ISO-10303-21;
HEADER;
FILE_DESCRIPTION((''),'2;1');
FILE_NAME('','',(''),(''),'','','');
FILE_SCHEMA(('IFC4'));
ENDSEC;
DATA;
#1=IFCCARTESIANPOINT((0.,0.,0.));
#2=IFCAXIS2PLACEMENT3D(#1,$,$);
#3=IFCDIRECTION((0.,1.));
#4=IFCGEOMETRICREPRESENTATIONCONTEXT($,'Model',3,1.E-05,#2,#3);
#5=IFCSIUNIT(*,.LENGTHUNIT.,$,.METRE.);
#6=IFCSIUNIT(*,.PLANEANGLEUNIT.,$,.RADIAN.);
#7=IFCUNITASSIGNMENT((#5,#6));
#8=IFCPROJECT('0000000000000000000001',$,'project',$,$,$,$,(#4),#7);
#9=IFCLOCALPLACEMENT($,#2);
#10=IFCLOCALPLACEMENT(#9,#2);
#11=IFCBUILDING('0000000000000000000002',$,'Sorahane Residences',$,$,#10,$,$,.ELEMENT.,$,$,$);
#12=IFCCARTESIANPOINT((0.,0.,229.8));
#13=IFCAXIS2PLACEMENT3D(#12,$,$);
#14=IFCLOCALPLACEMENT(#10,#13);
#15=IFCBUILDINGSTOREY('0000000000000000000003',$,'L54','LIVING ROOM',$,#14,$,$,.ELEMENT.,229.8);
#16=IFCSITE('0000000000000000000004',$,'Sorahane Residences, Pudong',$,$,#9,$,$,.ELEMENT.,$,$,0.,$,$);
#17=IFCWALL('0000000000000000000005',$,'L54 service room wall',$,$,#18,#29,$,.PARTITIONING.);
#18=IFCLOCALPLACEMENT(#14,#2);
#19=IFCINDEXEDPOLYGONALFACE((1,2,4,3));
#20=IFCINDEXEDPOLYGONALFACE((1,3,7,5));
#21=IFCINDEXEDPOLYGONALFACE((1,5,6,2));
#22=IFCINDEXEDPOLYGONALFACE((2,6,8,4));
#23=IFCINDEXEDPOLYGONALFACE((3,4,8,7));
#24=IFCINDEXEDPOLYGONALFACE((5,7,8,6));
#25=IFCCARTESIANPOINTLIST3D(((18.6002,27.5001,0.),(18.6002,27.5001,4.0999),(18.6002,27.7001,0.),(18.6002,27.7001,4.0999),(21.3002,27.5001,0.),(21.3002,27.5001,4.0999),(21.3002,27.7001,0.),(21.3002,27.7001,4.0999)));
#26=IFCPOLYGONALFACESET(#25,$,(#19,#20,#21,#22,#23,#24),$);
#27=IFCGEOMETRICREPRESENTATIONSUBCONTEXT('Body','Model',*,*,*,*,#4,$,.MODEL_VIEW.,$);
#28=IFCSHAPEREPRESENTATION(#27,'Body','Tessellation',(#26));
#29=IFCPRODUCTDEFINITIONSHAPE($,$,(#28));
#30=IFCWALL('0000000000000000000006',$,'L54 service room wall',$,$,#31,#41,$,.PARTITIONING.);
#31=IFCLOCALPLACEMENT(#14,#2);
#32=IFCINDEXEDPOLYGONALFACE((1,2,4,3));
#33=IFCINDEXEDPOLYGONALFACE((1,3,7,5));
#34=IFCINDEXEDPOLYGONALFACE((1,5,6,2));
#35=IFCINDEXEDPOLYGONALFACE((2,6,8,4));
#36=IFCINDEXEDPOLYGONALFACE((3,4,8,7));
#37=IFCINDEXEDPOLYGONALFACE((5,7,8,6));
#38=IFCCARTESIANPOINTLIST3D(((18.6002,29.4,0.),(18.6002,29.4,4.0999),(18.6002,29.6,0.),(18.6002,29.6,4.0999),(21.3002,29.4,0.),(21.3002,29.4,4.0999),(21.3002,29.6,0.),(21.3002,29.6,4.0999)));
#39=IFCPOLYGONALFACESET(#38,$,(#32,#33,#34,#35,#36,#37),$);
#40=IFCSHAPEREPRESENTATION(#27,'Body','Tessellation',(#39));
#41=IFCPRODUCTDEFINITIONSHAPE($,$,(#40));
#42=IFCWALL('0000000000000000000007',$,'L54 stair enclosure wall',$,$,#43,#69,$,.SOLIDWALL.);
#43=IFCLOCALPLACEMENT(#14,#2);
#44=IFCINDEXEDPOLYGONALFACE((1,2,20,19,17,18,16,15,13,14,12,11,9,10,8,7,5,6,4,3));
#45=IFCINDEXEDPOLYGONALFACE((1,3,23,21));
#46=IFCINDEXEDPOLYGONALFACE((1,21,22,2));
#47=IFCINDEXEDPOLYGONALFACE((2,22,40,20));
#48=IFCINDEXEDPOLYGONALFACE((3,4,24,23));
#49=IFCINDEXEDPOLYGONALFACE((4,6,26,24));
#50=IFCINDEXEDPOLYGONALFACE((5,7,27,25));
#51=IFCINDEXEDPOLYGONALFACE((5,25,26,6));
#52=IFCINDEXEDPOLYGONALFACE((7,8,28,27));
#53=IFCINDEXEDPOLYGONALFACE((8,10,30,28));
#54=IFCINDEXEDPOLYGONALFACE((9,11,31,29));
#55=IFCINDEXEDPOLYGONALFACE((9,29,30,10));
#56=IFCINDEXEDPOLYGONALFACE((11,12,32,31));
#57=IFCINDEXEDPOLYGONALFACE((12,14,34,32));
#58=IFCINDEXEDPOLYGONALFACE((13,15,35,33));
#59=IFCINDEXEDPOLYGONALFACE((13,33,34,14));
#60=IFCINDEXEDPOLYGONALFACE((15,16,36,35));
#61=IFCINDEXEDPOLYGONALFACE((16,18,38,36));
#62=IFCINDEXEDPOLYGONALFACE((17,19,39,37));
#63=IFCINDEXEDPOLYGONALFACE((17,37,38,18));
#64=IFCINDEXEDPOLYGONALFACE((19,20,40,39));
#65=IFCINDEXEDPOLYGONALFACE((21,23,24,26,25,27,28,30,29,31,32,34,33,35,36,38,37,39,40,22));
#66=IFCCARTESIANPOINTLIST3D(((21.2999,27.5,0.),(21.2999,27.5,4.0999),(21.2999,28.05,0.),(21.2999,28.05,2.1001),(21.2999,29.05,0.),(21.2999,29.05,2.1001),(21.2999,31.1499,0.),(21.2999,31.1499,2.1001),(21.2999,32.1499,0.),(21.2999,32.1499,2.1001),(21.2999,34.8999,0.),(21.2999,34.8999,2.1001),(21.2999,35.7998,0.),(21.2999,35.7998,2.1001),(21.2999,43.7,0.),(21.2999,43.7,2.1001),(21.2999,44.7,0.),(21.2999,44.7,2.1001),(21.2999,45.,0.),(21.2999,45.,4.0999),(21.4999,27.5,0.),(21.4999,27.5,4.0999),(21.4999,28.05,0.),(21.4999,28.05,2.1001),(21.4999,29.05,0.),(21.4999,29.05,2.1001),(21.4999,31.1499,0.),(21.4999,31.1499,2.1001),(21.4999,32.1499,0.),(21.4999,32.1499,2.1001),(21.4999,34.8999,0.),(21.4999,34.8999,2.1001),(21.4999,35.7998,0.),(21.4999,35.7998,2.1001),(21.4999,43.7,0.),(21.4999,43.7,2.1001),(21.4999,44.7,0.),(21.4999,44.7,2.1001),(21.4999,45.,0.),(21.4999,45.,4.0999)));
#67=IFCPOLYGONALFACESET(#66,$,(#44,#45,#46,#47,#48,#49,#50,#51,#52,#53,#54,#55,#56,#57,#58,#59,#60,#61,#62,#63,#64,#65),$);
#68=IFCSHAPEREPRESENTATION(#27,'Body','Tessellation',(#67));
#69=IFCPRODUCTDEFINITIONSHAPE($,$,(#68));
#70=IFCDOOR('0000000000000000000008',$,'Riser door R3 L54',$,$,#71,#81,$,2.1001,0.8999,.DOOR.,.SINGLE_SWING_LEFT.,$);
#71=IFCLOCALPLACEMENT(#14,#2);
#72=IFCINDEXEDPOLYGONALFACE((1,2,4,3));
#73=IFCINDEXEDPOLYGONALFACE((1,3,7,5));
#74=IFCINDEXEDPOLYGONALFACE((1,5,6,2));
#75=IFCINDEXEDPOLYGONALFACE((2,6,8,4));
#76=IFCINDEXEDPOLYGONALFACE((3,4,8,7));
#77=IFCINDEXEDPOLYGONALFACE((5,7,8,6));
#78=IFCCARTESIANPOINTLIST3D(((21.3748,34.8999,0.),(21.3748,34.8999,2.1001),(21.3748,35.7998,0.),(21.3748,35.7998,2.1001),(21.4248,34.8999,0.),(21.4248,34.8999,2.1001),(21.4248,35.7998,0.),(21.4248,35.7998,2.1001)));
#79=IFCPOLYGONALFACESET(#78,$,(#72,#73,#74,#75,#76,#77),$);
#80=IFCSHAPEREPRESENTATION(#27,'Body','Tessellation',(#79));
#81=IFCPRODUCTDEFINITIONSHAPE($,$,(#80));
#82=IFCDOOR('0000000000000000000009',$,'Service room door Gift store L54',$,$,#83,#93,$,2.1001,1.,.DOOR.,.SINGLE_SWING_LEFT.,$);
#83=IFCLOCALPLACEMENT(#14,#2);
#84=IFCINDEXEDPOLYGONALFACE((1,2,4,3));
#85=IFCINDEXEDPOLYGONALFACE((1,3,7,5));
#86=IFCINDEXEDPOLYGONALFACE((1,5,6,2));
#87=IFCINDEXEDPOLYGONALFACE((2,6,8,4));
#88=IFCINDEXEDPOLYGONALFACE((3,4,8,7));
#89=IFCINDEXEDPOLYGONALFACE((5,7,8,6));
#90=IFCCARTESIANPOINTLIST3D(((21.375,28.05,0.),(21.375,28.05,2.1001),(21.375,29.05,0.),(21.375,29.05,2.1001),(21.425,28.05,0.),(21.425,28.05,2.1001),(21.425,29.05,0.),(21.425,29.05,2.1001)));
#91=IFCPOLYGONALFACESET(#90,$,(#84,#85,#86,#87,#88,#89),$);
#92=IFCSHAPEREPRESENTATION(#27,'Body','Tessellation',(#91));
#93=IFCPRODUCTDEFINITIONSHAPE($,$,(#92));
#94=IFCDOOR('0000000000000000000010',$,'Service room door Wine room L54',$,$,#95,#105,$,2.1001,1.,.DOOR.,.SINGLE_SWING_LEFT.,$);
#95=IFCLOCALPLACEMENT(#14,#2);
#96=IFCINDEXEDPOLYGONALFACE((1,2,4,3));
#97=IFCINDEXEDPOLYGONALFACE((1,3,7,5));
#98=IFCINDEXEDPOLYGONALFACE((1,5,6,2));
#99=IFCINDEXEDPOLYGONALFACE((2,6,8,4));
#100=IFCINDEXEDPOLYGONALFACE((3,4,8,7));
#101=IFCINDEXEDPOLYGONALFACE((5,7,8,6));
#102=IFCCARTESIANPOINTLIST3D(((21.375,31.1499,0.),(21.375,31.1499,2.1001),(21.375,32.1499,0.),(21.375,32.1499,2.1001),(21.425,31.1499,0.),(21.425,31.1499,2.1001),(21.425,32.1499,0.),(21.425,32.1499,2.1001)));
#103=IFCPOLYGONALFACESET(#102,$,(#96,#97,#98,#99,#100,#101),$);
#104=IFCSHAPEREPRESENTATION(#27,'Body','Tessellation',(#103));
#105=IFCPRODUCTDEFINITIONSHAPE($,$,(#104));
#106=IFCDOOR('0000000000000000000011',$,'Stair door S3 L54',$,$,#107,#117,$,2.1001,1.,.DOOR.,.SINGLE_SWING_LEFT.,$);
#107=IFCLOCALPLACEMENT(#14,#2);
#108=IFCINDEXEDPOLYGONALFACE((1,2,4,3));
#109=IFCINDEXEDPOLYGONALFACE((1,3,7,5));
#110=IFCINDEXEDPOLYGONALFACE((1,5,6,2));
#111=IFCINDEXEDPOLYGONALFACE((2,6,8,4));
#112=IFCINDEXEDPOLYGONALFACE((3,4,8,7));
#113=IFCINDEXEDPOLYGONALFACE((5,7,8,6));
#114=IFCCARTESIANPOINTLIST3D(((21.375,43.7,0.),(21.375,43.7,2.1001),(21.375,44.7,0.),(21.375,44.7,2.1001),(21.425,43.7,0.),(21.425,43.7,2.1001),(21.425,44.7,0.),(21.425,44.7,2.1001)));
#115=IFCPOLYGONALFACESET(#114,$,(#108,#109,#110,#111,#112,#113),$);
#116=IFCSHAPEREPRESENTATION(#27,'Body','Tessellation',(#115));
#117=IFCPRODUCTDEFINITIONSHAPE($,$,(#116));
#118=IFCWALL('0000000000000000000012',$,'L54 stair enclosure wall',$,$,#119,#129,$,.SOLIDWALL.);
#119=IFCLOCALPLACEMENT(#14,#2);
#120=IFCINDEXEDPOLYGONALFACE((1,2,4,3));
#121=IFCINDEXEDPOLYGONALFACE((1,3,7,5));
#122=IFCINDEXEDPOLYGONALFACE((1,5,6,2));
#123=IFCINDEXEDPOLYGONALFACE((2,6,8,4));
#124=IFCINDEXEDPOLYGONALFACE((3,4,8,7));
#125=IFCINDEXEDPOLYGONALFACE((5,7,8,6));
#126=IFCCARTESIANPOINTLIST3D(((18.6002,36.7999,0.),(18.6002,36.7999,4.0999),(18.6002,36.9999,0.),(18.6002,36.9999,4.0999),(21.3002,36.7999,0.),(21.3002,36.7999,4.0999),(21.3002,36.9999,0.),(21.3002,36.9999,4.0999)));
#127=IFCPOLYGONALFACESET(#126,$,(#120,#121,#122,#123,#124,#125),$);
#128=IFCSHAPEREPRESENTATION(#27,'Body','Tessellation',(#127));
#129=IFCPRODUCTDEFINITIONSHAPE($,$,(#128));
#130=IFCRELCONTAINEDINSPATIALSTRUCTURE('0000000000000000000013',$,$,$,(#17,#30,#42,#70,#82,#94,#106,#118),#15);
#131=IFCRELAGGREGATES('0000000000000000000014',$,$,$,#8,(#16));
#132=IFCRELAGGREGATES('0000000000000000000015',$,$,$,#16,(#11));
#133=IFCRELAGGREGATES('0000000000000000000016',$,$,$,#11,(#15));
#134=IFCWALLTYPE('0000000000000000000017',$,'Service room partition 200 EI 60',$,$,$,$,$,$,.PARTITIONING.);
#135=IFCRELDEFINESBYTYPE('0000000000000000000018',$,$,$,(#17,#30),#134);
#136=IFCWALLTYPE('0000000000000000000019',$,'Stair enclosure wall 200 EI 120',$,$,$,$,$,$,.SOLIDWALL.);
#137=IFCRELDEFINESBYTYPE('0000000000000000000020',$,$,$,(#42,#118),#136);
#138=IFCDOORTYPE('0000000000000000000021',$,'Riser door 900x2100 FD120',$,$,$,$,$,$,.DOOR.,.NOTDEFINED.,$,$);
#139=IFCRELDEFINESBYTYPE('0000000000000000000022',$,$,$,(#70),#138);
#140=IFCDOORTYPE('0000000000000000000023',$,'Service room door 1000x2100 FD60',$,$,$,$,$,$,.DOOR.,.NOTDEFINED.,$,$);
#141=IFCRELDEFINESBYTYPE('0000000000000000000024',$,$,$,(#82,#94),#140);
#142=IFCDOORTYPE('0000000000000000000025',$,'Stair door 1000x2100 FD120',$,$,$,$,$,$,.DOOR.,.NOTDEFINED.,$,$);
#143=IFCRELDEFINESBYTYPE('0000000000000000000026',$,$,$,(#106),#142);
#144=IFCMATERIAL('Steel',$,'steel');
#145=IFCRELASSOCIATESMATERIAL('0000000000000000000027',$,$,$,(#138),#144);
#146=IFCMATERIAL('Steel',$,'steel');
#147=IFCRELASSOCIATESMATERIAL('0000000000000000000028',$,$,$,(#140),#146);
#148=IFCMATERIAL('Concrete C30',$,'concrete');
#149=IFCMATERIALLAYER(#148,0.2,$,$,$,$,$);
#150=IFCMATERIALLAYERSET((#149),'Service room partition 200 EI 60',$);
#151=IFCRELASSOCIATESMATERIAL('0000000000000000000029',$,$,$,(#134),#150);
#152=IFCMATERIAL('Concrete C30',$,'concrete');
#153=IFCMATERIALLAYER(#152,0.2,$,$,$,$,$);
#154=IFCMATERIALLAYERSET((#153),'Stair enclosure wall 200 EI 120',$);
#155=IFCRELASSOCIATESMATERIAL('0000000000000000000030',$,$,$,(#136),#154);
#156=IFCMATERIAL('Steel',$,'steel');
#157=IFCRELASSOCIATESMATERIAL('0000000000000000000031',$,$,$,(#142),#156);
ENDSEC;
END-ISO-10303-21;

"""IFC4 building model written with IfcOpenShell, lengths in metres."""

from ifc_helpers import new_model, si_unit, direction, frame, frame_2d, origin, place, context, subcontext, project, spatial, rectangle, extrude, material, layer, layer_set, type_object, element, fill, save


model = new_model("IFC4")

# Units and contexts
model_context = context("Model", 3, precision=1e-05, world=origin(), true_north=direction((0.0, 1.0)))
body_context = subcontext(model_context, "Body", "Model", "MODEL_VIEW")
ifc_project = project(units=[si_unit("LENGTHUNIT", "METRE"), si_unit("PLANEANGLEUNIT", "RADIAN")], contexts=[model_context])

# Site, building, storey
site_placement = place(None, origin())
site = spatial("IfcSite", under=ifc_project, at=site_placement, Name="Sorahane Residences, Pudong", CompositionType="ELEMENT", RefElevation=0.0)
building_placement = place(site_placement, origin())
building = spatial("IfcBuilding", under=site, at=building_placement, Name="Sorahane Residences", CompositionType="ELEMENT")
storey_placement = place(building_placement, frame((0.0, 0.0, 229.8)))
storey = spatial("IfcBuildingStorey", under=building, at=storey_placement, Name="L54", Description="LIVING ROOM", CompositionType="ELEMENT", Elevation=229.8)

# Shared definitions
ifc_material_1 = material(Name="Steel", Category="steel")
door_type_1 = type_object("IfcDoorType", Name="Riser door 900x2100 FD120", OperationType="NOTDEFINED", PredefinedType="DOOR", material=ifc_material_1)
ifc_material_2 = material(Name="Steel", Category="steel")
door_type_2 = type_object("IfcDoorType", Name="Service room door 1000x2100 FD60", OperationType="NOTDEFINED", PredefinedType="DOOR", material=ifc_material_2)

# Walls
ifc_material_3 = material(Name="Concrete C30", Category="concrete")
ifc_layer_1 = layer(ifc_material_3, 0.2)
ifc_layer_set_1 = layer_set([ifc_layer_1], Name="Service room partition 200 EI 60")
wall_type_1 = type_object("IfcWallType", Name="Service room partition 200 EI 60", PredefinedType="PARTITIONING", material=ifc_layer_set_1)
for number, where, z_axis, x_axis, name in (
    (1, (18.6001, 27.6001, 0.0), (0.0, 0.0, 1.0), (1.0, 0.0, 0.0), "L54 service room wall"),
    (2, (18.6001, 29.5, 0.0), (0.0, 0.0, 1.0), (1.0, 0.0, 0.0), "L54 service room wall"),
):
    element("IfcWall", number, at=place(storey_placement, frame(where, z_axis=z_axis, x_axis=x_axis)), inside=storey, type_object=wall_type_1, Name=name, PredefinedType="PARTITIONING", context=body_context, shape_type="SweptSolid", body=[
        extrude(rectangle(XDim=2.7, YDim=0.2, at=frame_2d((1.3501, 0.0))), origin(), (0.0, 0.0, 1.0), 4.0999),
    ])

# Wall, openings, doors
ifc_material_4 = material(Name="Concrete C30", Category="concrete")
ifc_layer_2 = layer(ifc_material_4, 0.2)
ifc_layer_set_2 = layer_set([ifc_layer_2], Name="Stair enclosure wall 200 EI 120")
wall_type_2 = type_object("IfcWallType", Name="Stair enclosure wall 200 EI 120", PredefinedType="SOLIDWALL", material=ifc_layer_set_2)
wall_1_placement = place(storey_placement, frame((21.3999, 27.5, 0.0), z_axis=(0.0, 0.0, 1.0), x_axis=(0.0, 1.0, 0.0)))
wall_1 = element("IfcWall", 3, at=wall_1_placement, inside=storey, type_object=wall_type_2, Name="L54 stair enclosure wall", PredefinedType="SOLIDWALL", context=body_context, shape_type="SweptSolid", body=[
    extrude(rectangle(XDim=17.5, YDim=0.2, at=frame_2d((8.75, 0.0))), origin(), (0.0, 0.0, 1.0), 4.0999),
])
opening_1_placement = place(wall_1_placement, frame((0.55, 0.0, 0.0)))
opening_1 = element("IfcOpeningElement", 4, at=opening_1_placement, cuts=wall_1, PredefinedType="OPENING", context=body_context, shape_type="SweptSolid", body=[
    extrude(rectangle(XDim=1.0, YDim=2.1001, at=frame_2d((0.5, 1.05))), frame((0.0, 0.1099, 0.0), z_axis=(0.0, -1.0, 0.0), x_axis=(1.0, 0.0, 0.0)), (0.0, 0.0, 1.0), 0.22),
])
opening_2_placement = place(wall_1_placement, frame((3.6499, 0.0, 0.0)))
opening_2 = element("IfcOpeningElement", 5, at=opening_2_placement, cuts=wall_1, PredefinedType="OPENING", context=body_context, shape_type="SweptSolid", body=[
    extrude(rectangle(XDim=1.0, YDim=2.1001, at=frame_2d((0.5, 1.05))), frame((0.0, 0.1099, 0.0), z_axis=(0.0, -1.0, 0.0), x_axis=(1.0, 0.0, 0.0)), (0.0, 0.0, 1.0), 0.22),
])
opening_3_placement = place(wall_1_placement, frame((16.2, 0.0, 0.0)))
opening_3 = element("IfcOpeningElement", 6, at=opening_3_placement, cuts=wall_1, PredefinedType="OPENING", context=body_context, shape_type="SweptSolid", body=[
    extrude(rectangle(XDim=1.0, YDim=2.1001, at=frame_2d((0.5, 1.05))), frame((0.0, 0.1099, 0.0), z_axis=(0.0, -1.0, 0.0), x_axis=(1.0, 0.0, 0.0)), (0.0, 0.0, 1.0), 0.22),
])
opening_4_placement = place(wall_1_placement, frame((7.3999, 0.0, 0.0)))
opening_4 = element("IfcOpeningElement", 7, at=opening_4_placement, cuts=wall_1, PredefinedType="OPENING", context=body_context, shape_type="SweptSolid", body=[
    extrude(rectangle(XDim=0.8999, YDim=2.1001, at=frame_2d((0.45, 1.05))), frame((0.0, 0.1099, 0.0), z_axis=(0.0, -1.0, 0.0), x_axis=(1.0, 0.0, 0.0)), (0.0, 0.0, 1.0), 0.22),
])
door_1_placement = place(opening_4_placement, frame((0.8999, 0.0, 0.0), z_axis=(0.0, 0.0, 1.0), x_axis=(-1.0, 0.0, 0.0)))
door_1 = element("IfcDoor", 8, at=door_1_placement, inside=storey, type_object=door_type_1, Name="Riser door R3 L54", OperationType="SINGLE_SWING_LEFT", OverallHeight=2.1001, OverallWidth=0.8999, PredefinedType="DOOR", context=body_context, shape_type="SweptSolid", body=[
    extrude(rectangle(XDim=0.8999, YDim=2.1001, at=frame_2d((0.45, 1.05))), frame((0.0, 0.0249, 0.0), z_axis=(0.0, -1.0, 0.0), x_axis=(1.0, 0.0, 0.0)), (0.0, 0.0, 1.0), 0.05),
])
fill(opening_4, door_1)
door_2_placement = place(opening_1_placement, origin())
door_2 = element("IfcDoor", 9, at=door_2_placement, inside=storey, type_object=door_type_2, Name="Service room door Gift store L54", OperationType="SINGLE_SWING_LEFT", OverallHeight=2.1001, OverallWidth=1.0, PredefinedType="DOOR", context=body_context, shape_type="SweptSolid", body=[
    extrude(rectangle(XDim=1.0, YDim=2.1001, at=frame_2d((0.5, 1.05))), frame((0.0, 0.0249, 0.0), z_axis=(0.0, -1.0, 0.0), x_axis=(1.0, 0.0, 0.0)), (0.0, 0.0, 1.0), 0.05),
])
fill(opening_1, door_2)
door_3_placement = place(opening_2_placement, origin())
door_3 = element("IfcDoor", 10, at=door_3_placement, inside=storey, type_object=door_type_2, Name="Service room door Wine room L54", OperationType="SINGLE_SWING_LEFT", OverallHeight=2.1001, OverallWidth=1.0, PredefinedType="DOOR", context=body_context, shape_type="SweptSolid", body=[
    extrude(rectangle(XDim=1.0, YDim=2.1001, at=frame_2d((0.5, 1.05))), frame((0.0, 0.0249, 0.0), z_axis=(0.0, -1.0, 0.0), x_axis=(1.0, 0.0, 0.0)), (0.0, 0.0, 1.0), 0.05),
])
fill(opening_2, door_3)
ifc_material_5 = material(Name="Steel", Category="steel")
door_type_3 = type_object("IfcDoorType", Name="Stair door 1000x2100 FD120", OperationType="NOTDEFINED", PredefinedType="DOOR", material=ifc_material_5)
door_4_placement = place(opening_3_placement, origin())
door_4 = element("IfcDoor", 11, at=door_4_placement, inside=storey, type_object=door_type_3, Name="Stair door S3 L54", OperationType="SINGLE_SWING_LEFT", OverallHeight=2.1001, OverallWidth=1.0, PredefinedType="DOOR", context=body_context, shape_type="SweptSolid", body=[
    extrude(rectangle(XDim=1.0, YDim=2.1001, at=frame_2d((0.5, 1.05))), frame((0.0, 0.0249, 0.0), z_axis=(0.0, -1.0, 0.0), x_axis=(1.0, 0.0, 0.0)), (0.0, 0.0, 1.0), 0.05),
])
fill(opening_3, door_4)

# Wall
wall_2_placement = place(storey_placement, frame((18.6001, 36.8999, 0.0), z_axis=(0.0, 0.0, 1.0), x_axis=(1.0, 0.0, 0.0)))
element("IfcWall", 12, at=wall_2_placement, inside=storey, type_object=wall_type_2, Name="L54 stair enclosure wall", PredefinedType="SOLIDWALL", context=body_context, shape_type="SweptSolid", body=[
    extrude(rectangle(XDim=2.7, YDim=0.2, at=frame_2d((1.3501, 0.0))), origin(), (0.0, 0.0, 1.0), 4.0999),
])

save(model, "model.ifc")
